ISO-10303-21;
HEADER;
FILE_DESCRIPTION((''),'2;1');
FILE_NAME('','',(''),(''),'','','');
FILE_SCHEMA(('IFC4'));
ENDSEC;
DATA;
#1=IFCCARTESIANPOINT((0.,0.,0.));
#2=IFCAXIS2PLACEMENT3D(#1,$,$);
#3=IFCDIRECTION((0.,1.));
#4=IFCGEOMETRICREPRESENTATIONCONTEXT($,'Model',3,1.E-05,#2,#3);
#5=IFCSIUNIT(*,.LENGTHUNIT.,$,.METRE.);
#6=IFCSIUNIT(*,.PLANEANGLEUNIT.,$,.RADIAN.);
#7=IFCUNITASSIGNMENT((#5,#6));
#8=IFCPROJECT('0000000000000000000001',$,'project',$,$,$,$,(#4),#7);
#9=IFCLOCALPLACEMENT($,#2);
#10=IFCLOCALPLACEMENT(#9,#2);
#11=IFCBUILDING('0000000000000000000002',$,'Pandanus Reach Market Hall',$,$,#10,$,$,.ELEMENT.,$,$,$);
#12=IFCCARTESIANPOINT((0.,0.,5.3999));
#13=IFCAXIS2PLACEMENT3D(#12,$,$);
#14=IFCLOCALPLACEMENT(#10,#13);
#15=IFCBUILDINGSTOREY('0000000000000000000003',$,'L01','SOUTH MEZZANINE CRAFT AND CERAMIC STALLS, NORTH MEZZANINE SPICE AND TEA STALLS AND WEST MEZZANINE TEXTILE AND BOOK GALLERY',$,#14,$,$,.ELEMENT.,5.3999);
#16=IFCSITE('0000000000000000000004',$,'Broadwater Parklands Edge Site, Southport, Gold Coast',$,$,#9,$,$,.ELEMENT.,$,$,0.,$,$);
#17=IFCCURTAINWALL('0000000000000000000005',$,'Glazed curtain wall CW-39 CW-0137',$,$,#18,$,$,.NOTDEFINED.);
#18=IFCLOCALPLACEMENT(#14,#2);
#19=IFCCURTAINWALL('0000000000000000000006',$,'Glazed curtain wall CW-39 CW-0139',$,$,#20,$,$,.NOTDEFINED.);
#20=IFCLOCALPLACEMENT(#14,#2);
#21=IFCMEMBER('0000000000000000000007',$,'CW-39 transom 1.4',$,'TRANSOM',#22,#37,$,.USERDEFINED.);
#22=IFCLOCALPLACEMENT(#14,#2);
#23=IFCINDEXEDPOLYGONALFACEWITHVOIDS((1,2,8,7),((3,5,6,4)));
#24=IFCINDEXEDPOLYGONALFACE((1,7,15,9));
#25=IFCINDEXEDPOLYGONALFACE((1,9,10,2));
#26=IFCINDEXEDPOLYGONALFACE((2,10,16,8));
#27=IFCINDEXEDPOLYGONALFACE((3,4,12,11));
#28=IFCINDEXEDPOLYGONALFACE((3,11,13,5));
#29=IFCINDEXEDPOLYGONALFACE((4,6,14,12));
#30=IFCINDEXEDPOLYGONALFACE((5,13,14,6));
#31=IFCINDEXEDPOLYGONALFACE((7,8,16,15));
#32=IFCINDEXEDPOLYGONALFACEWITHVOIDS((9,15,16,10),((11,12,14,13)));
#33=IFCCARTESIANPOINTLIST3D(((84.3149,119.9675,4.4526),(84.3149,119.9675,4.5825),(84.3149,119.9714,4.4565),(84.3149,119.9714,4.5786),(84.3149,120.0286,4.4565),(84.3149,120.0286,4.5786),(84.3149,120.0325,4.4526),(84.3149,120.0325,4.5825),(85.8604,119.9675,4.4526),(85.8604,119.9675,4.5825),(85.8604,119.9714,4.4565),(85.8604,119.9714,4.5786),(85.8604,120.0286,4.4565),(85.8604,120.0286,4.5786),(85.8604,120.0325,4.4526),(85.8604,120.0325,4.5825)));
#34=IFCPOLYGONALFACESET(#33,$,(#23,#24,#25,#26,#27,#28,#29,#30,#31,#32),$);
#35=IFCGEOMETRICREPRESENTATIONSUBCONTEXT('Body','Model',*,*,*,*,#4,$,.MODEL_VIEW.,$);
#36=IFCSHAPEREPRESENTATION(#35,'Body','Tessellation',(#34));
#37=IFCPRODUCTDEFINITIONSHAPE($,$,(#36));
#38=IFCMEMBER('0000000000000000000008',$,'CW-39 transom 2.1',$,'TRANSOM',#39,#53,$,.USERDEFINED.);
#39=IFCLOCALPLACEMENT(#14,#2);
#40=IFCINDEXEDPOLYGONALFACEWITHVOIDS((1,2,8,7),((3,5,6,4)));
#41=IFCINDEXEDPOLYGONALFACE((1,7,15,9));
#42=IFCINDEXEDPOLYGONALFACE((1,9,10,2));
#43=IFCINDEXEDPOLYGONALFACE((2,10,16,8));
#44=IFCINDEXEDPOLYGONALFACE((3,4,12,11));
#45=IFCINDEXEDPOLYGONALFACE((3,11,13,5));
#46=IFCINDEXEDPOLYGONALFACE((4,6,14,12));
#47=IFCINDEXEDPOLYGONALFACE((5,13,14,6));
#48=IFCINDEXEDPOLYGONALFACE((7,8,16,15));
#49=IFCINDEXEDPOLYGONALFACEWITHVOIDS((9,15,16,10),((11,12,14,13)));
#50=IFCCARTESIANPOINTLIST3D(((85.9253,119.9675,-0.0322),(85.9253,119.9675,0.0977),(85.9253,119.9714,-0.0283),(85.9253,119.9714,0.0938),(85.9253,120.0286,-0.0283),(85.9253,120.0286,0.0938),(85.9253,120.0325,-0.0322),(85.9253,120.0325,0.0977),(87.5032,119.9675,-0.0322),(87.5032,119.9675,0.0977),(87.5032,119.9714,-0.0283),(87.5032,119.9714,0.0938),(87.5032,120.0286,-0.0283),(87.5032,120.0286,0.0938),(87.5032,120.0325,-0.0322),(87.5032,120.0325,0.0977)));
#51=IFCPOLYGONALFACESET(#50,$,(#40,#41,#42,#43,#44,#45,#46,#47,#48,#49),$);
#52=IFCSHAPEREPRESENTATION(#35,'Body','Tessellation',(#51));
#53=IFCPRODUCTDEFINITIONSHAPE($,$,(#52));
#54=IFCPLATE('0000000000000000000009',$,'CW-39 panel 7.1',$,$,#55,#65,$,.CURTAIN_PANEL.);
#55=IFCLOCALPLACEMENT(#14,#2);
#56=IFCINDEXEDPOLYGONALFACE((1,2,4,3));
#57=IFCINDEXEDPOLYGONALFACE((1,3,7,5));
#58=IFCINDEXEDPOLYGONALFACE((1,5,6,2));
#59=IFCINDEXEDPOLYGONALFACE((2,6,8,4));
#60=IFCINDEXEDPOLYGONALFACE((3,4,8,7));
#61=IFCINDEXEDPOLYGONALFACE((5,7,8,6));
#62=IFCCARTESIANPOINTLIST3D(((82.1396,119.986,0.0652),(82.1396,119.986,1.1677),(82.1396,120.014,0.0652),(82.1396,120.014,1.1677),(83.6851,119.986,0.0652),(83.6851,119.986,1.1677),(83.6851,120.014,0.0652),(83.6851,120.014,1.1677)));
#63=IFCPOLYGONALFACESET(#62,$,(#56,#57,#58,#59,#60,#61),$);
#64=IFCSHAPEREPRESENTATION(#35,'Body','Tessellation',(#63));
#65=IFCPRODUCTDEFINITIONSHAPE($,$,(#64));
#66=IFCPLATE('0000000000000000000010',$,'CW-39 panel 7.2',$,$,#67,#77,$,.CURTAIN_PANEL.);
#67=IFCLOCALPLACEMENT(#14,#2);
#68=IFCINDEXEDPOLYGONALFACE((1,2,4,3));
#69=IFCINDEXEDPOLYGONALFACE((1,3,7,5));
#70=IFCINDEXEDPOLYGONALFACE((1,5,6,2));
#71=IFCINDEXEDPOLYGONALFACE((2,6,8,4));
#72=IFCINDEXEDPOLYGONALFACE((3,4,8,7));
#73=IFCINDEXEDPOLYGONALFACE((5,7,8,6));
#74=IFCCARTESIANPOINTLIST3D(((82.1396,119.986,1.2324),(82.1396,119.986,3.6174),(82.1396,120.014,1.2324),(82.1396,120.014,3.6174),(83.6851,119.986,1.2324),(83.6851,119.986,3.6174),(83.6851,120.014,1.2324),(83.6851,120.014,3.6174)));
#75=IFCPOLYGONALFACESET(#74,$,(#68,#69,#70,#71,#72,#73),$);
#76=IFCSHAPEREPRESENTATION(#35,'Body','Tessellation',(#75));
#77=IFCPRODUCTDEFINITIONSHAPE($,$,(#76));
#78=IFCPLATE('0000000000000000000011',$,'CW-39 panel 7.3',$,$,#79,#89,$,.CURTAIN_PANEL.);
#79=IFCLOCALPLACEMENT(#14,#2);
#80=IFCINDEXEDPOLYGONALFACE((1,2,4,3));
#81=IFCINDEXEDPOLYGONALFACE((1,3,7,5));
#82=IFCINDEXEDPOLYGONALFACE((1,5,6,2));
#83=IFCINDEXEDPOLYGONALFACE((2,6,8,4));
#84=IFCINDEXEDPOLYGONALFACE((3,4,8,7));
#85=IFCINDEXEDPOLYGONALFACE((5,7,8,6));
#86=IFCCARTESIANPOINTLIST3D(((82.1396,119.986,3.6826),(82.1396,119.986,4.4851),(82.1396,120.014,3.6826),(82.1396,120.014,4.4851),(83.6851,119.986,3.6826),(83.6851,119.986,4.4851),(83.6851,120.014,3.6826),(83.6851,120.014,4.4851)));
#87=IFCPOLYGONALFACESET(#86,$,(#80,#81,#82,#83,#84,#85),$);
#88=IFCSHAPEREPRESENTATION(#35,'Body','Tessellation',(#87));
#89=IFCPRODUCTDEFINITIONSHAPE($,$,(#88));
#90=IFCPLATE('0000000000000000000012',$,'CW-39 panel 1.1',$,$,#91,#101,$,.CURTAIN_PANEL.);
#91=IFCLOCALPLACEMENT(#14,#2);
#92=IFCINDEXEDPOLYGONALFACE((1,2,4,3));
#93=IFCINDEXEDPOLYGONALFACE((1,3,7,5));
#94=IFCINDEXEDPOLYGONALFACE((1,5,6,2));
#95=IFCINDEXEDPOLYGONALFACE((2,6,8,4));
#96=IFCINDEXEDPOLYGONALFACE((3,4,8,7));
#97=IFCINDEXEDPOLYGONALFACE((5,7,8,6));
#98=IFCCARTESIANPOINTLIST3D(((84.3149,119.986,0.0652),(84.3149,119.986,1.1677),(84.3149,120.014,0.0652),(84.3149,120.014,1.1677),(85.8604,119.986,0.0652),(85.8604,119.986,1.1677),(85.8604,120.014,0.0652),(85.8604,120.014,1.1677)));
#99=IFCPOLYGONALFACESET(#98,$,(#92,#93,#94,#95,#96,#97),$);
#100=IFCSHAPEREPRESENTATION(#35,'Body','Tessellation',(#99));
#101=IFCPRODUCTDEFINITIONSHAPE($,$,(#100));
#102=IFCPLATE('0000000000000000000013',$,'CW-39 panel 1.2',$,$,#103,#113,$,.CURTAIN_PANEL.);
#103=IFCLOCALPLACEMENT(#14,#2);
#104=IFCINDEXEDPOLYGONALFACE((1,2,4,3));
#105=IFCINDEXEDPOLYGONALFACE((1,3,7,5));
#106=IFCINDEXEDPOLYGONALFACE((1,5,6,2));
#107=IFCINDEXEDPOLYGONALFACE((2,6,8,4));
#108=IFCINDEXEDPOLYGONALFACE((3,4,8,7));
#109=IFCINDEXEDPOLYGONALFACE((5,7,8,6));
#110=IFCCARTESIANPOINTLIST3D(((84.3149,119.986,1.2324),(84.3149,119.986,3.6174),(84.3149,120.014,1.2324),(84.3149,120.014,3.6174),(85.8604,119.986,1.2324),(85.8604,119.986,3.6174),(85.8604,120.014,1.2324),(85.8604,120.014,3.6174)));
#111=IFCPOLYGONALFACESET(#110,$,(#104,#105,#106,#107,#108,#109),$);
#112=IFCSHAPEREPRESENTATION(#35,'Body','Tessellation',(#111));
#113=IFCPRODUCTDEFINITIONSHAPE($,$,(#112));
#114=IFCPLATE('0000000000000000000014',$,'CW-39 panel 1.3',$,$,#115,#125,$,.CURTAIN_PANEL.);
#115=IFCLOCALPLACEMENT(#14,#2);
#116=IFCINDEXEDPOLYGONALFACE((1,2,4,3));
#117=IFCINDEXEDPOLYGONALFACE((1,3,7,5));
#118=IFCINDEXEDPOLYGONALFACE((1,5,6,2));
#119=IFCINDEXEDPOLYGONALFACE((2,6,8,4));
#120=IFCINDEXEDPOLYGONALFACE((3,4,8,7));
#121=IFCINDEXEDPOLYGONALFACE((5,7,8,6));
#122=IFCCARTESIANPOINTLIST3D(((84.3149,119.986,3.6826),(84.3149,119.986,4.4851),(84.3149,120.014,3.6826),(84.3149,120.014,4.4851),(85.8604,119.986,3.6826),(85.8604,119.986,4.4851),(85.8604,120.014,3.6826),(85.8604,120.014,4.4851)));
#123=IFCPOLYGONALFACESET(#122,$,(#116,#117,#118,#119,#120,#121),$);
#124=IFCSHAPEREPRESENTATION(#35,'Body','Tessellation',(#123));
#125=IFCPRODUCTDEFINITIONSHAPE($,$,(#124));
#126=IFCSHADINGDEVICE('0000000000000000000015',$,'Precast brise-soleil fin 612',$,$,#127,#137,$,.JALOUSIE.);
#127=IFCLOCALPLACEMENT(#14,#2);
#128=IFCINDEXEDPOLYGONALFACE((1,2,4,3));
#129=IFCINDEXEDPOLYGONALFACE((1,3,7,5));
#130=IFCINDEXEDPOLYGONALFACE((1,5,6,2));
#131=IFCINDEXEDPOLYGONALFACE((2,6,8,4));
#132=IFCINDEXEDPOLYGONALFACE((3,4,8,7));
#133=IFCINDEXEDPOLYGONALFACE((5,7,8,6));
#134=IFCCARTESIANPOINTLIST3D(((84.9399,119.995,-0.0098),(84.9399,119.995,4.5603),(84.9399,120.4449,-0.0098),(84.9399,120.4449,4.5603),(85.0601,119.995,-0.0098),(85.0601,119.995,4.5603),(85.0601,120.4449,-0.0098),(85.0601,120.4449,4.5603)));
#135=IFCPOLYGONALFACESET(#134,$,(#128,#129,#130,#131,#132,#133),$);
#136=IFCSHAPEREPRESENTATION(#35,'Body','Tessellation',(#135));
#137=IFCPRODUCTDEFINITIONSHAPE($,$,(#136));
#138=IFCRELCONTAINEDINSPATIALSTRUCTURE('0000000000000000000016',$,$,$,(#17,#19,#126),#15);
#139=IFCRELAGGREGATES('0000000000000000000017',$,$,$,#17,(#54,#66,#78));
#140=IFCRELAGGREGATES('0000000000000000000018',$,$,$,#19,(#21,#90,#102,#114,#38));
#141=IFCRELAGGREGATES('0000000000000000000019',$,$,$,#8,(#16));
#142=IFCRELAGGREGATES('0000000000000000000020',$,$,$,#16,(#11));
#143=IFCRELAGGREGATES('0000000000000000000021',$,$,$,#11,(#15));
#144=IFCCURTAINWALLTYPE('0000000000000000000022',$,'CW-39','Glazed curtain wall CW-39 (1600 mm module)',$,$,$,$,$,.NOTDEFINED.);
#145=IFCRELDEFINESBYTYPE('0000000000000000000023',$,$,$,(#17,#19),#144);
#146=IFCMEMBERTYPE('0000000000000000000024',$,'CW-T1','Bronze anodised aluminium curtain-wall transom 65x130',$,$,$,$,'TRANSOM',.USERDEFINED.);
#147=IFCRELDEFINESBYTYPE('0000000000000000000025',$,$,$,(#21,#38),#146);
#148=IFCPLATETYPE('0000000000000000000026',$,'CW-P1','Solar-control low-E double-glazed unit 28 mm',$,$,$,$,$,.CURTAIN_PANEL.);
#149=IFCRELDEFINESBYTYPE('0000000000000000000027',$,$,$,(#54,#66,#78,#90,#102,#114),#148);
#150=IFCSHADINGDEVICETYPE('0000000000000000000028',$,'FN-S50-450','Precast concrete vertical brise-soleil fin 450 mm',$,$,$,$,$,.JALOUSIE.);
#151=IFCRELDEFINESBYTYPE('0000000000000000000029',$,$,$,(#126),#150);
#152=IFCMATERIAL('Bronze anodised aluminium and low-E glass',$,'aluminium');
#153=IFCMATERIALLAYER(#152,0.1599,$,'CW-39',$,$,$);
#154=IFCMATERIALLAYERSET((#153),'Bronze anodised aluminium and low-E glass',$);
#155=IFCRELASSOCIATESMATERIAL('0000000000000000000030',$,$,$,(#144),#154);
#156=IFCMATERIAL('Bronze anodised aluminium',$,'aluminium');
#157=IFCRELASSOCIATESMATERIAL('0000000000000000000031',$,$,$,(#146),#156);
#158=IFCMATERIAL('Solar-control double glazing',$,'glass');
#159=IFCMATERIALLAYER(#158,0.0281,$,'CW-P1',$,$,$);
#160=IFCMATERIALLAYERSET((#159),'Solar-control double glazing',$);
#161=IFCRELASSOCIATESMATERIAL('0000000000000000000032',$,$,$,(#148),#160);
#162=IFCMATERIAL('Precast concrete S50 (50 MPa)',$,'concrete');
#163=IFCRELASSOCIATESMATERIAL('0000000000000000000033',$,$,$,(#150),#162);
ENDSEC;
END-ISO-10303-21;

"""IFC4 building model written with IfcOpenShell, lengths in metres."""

from ifc_helpers import new_model, si_unit, direction, frame, origin, origin_2d, place, context, subcontext, project, spatial, rectangle, hollow_rectangle, extrude, material, layer, layer_set, material_profile, profile_set, type_object, element, aggregate, save


model = new_model("IFC4")

# Units and contexts
model_context = context("Model", 3, precision=1e-05, world=origin(), true_north=direction((0.0, 1.0)))
body_context = subcontext(model_context, "Body", "Model", "MODEL_VIEW")
ifc_project = project(units=[si_unit("LENGTHUNIT", "METRE"), si_unit("PLANEANGLEUNIT", "RADIAN")], contexts=[model_context])

# Site, building, storey
site_placement = place(None, origin())
site = spatial("IfcSite", under=ifc_project, at=site_placement, Name="Broadwater Parklands Edge Site, Southport, Gold Coast", CompositionType="ELEMENT", RefElevation=0.0)
building_placement = place(site_placement, origin())
building = spatial("IfcBuilding", under=site, at=building_placement, Name="Pandanus Reach Market Hall", CompositionType="ELEMENT")
storey_placement = place(building_placement, frame((0.0, 0.0, 5.3999)))
storey = spatial("IfcBuildingStorey", under=building, at=storey_placement, Name="L01", Description="SOUTH MEZZANINE CRAFT AND CERAMIC STALLS, NORTH MEZZANINE SPICE AND TEA STALLS AND WEST MEZZANINE TEXTILE AND BOOK GALLERY", CompositionType="ELEMENT", Elevation=5.3999)

# Curtain wall
ifc_material_1 = material(Name="Bronze anodised aluminium and low-E glass", Category="aluminium")
ifc_layer_1 = layer(ifc_material_1, 0.1599, Name="CW-39")
ifc_layer_set_1 = layer_set([ifc_layer_1], Name="Bronze anodised aluminium and low-E glass")
curtain_wall_type = type_object("IfcCurtainWallType", Name="CW-39", Description="Glazed curtain wall CW-39 (1600 mm module)", PredefinedType="NOTDEFINED", material=ifc_layer_set_1)
curtain_wall_1_placement = place(storey_placement, origin())
curtain_wall_1 = element("IfcCurtainWall", 1, at=curtain_wall_1_placement, inside=storey, type_object=curtain_wall_type, Name="Glazed curtain wall CW-39 CW-0137", PredefinedType="NOTDEFINED")
ifc_material_2 = material(Name="Bronze anodised aluminium", Category="aluminium")

# Curtain wall
curtain_wall_2_placement = place(storey_placement, origin())
curtain_wall_2 = element("IfcCurtainWall", 2, at=curtain_wall_2_placement, inside=storey, type_object=curtain_wall_type, Name="Glazed curtain wall CW-39 CW-0139", PredefinedType="NOTDEFINED")

# Members
ifc_material_profile_1 = material_profile(ifc_material_2, hollow_rectangle(XDim=0.0649, YDim=0.1299, WallThickness=0.0039, at=origin_2d()), Name="ALU65x130", Category="LoadBearing")
ifc_profile_set_1 = profile_set([ifc_material_profile_1], Name="Bronze anodised aluminium")
member_type_1 = type_object("IfcMemberType", Name="CW-T1", Description="Bronze anodised aluminium curtain-wall transom 65x130", ElementType="TRANSOM", PredefinedType="USERDEFINED", material=ifc_profile_set_1)
member_1_placement = place(storey_placement, frame((84.3149, 120.0, 4.5176), z_axis=(1.0, 0.0, 0.0), x_axis=(0.0, 1.0, 0.0)))
member_1 = element("IfcMember", 3, at=member_1_placement, type_object=member_type_1, Name="CW-39 transom 1.4", ObjectType="TRANSOM", PredefinedType="USERDEFINED", context=body_context, shape_type="SweptSolid", body=[
    extrude(hollow_rectangle(XDim=0.0649, YDim=0.1299, WallThickness=0.0039, at=origin_2d()), origin(), (0.0, 0.0, 1.0), 1.5454),
])
member_2_placement = place(storey_placement, frame((85.9253, 120.0, 0.0327), z_axis=(1.0, 0.0, 0.0), x_axis=(0.0, 1.0, 0.0)))
member_2 = element("IfcMember", 4, at=member_2_placement, type_object=member_type_1, Name="CW-39 transom 2.1", ObjectType="TRANSOM", PredefinedType="USERDEFINED", context=body_context, shape_type="SweptSolid", body=[
    extrude(hollow_rectangle(XDim=0.0649, YDim=0.1299, WallThickness=0.0039, at=origin_2d()), origin(), (0.0, 0.0, 1.0), 1.5779),
])

# Plates
ifc_material_3 = material(Name="Solar-control double glazing", Category="glass")
ifc_layer_2 = layer(ifc_material_3, 0.0281, Name="CW-P1")
ifc_layer_set_2 = layer_set([ifc_layer_2], Name="Solar-control double glazing")
plate_type = type_object("IfcPlateType", Name="CW-P1", Description="Solar-control low-E double-glazed unit 28 mm", PredefinedType="CURTAIN_PANEL", material=ifc_layer_set_2)
plate_1_placement = place(storey_placement, frame((82.9124, 120.0, 0.0652), z_axis=(0.0, 0.0, 1.0), x_axis=(1.0, 0.0, 0.0)))
plate_1 = element("IfcPlate", 5, at=plate_1_placement, type_object=plate_type, Name="CW-39 panel 7.1", PredefinedType="CURTAIN_PANEL", context=body_context, shape_type="SweptSolid", body=[
    extrude(rectangle(XDim=1.5454, YDim=0.0281, at=origin_2d()), origin(), (0.0, 0.0, 1.0), 1.1025),
])
plate_2_placement = place(storey_placement, frame((82.9124, 120.0, 1.2324), z_axis=(0.0, 0.0, 1.0), x_axis=(1.0, 0.0, 0.0)))
plate_2 = element("IfcPlate", 6, at=plate_2_placement, type_object=plate_type, Name="CW-39 panel 7.2", PredefinedType="CURTAIN_PANEL", context=body_context, shape_type="SweptSolid", body=[
    extrude(rectangle(XDim=1.5454, YDim=0.0281, at=origin_2d()), origin(), (0.0, 0.0, 1.0), 2.385),
])
plate_3_placement = place(storey_placement, frame((82.9124, 120.0, 3.6826), z_axis=(0.0, 0.0, 1.0), x_axis=(1.0, 0.0, 0.0)))
plate_3 = element("IfcPlate", 7, at=plate_3_placement, type_object=plate_type, Name="CW-39 panel 7.3", PredefinedType="CURTAIN_PANEL", context=body_context, shape_type="SweptSolid", body=[
    extrude(rectangle(XDim=1.5454, YDim=0.0281, at=origin_2d()), origin(), (0.0, 0.0, 1.0), 0.8025),
])
aggregate(curtain_wall_1, [plate_1, plate_2, plate_3])
plate_4_placement = place(storey_placement, frame((85.0876, 120.0, 0.0652), z_axis=(0.0, 0.0, 1.0), x_axis=(1.0, 0.0, 0.0)))
plate_4 = element("IfcPlate", 8, at=plate_4_placement, type_object=plate_type, Name="CW-39 panel 1.1", PredefinedType="CURTAIN_PANEL", context=body_context, shape_type="SweptSolid", body=[
    extrude(rectangle(XDim=1.5454, YDim=0.0281, at=origin_2d()), origin(), (0.0, 0.0, 1.0), 1.1025),
])
plate_5_placement = place(storey_placement, frame((85.0876, 120.0, 1.2324), z_axis=(0.0, 0.0, 1.0), x_axis=(1.0, 0.0, 0.0)))
plate_5 = element("IfcPlate", 9, at=plate_5_placement, type_object=plate_type, Name="CW-39 panel 1.2", PredefinedType="CURTAIN_PANEL", context=body_context, shape_type="SweptSolid", body=[
    extrude(rectangle(XDim=1.5454, YDim=0.0281, at=origin_2d()), origin(), (0.0, 0.0, 1.0), 2.385),
])
plate_6_placement = place(storey_placement, frame((85.0876, 120.0, 3.6826), z_axis=(0.0, 0.0, 1.0), x_axis=(1.0, 0.0, 0.0)))
plate_6 = element("IfcPlate", 10, at=plate_6_placement, type_object=plate_type, Name="CW-39 panel 1.3", PredefinedType="CURTAIN_PANEL", context=body_context, shape_type="SweptSolid", body=[
    extrude(rectangle(XDim=1.5454, YDim=0.0281, at=origin_2d()), origin(), (0.0, 0.0, 1.0), 0.8025),
])
aggregate(curtain_wall_2, [member_1, plate_4, plate_5, plate_6, member_2])

# Shading device
ifc_material_4 = material(Name="Precast concrete S50 (50 MPa)", Category="concrete")
shading_device_type = type_object("IfcShadingDeviceType", Name="FN-S50-450", Description="Precast concrete vertical brise-soleil fin 450 mm", PredefinedType="JALOUSIE", material=ifc_material_4)
shading_device_placement = place(storey_placement, frame((85.0, 120.22, -0.0098), z_axis=(0.0, 0.0, 1.0), x_axis=(0.0, 1.0, 0.0)))
element("IfcShadingDevice", 11, at=shading_device_placement, inside=storey, type_object=shading_device_type, Name="Precast brise-soleil fin 612", PredefinedType="JALOUSIE", context=body_context, shape_type="SweptSolid", body=[
    extrude(rectangle(XDim=0.45, YDim=0.1201, at=origin_2d()), origin(), (0.0, 0.0, 1.0), 4.5701),
])

save(model, "model.ifc")
